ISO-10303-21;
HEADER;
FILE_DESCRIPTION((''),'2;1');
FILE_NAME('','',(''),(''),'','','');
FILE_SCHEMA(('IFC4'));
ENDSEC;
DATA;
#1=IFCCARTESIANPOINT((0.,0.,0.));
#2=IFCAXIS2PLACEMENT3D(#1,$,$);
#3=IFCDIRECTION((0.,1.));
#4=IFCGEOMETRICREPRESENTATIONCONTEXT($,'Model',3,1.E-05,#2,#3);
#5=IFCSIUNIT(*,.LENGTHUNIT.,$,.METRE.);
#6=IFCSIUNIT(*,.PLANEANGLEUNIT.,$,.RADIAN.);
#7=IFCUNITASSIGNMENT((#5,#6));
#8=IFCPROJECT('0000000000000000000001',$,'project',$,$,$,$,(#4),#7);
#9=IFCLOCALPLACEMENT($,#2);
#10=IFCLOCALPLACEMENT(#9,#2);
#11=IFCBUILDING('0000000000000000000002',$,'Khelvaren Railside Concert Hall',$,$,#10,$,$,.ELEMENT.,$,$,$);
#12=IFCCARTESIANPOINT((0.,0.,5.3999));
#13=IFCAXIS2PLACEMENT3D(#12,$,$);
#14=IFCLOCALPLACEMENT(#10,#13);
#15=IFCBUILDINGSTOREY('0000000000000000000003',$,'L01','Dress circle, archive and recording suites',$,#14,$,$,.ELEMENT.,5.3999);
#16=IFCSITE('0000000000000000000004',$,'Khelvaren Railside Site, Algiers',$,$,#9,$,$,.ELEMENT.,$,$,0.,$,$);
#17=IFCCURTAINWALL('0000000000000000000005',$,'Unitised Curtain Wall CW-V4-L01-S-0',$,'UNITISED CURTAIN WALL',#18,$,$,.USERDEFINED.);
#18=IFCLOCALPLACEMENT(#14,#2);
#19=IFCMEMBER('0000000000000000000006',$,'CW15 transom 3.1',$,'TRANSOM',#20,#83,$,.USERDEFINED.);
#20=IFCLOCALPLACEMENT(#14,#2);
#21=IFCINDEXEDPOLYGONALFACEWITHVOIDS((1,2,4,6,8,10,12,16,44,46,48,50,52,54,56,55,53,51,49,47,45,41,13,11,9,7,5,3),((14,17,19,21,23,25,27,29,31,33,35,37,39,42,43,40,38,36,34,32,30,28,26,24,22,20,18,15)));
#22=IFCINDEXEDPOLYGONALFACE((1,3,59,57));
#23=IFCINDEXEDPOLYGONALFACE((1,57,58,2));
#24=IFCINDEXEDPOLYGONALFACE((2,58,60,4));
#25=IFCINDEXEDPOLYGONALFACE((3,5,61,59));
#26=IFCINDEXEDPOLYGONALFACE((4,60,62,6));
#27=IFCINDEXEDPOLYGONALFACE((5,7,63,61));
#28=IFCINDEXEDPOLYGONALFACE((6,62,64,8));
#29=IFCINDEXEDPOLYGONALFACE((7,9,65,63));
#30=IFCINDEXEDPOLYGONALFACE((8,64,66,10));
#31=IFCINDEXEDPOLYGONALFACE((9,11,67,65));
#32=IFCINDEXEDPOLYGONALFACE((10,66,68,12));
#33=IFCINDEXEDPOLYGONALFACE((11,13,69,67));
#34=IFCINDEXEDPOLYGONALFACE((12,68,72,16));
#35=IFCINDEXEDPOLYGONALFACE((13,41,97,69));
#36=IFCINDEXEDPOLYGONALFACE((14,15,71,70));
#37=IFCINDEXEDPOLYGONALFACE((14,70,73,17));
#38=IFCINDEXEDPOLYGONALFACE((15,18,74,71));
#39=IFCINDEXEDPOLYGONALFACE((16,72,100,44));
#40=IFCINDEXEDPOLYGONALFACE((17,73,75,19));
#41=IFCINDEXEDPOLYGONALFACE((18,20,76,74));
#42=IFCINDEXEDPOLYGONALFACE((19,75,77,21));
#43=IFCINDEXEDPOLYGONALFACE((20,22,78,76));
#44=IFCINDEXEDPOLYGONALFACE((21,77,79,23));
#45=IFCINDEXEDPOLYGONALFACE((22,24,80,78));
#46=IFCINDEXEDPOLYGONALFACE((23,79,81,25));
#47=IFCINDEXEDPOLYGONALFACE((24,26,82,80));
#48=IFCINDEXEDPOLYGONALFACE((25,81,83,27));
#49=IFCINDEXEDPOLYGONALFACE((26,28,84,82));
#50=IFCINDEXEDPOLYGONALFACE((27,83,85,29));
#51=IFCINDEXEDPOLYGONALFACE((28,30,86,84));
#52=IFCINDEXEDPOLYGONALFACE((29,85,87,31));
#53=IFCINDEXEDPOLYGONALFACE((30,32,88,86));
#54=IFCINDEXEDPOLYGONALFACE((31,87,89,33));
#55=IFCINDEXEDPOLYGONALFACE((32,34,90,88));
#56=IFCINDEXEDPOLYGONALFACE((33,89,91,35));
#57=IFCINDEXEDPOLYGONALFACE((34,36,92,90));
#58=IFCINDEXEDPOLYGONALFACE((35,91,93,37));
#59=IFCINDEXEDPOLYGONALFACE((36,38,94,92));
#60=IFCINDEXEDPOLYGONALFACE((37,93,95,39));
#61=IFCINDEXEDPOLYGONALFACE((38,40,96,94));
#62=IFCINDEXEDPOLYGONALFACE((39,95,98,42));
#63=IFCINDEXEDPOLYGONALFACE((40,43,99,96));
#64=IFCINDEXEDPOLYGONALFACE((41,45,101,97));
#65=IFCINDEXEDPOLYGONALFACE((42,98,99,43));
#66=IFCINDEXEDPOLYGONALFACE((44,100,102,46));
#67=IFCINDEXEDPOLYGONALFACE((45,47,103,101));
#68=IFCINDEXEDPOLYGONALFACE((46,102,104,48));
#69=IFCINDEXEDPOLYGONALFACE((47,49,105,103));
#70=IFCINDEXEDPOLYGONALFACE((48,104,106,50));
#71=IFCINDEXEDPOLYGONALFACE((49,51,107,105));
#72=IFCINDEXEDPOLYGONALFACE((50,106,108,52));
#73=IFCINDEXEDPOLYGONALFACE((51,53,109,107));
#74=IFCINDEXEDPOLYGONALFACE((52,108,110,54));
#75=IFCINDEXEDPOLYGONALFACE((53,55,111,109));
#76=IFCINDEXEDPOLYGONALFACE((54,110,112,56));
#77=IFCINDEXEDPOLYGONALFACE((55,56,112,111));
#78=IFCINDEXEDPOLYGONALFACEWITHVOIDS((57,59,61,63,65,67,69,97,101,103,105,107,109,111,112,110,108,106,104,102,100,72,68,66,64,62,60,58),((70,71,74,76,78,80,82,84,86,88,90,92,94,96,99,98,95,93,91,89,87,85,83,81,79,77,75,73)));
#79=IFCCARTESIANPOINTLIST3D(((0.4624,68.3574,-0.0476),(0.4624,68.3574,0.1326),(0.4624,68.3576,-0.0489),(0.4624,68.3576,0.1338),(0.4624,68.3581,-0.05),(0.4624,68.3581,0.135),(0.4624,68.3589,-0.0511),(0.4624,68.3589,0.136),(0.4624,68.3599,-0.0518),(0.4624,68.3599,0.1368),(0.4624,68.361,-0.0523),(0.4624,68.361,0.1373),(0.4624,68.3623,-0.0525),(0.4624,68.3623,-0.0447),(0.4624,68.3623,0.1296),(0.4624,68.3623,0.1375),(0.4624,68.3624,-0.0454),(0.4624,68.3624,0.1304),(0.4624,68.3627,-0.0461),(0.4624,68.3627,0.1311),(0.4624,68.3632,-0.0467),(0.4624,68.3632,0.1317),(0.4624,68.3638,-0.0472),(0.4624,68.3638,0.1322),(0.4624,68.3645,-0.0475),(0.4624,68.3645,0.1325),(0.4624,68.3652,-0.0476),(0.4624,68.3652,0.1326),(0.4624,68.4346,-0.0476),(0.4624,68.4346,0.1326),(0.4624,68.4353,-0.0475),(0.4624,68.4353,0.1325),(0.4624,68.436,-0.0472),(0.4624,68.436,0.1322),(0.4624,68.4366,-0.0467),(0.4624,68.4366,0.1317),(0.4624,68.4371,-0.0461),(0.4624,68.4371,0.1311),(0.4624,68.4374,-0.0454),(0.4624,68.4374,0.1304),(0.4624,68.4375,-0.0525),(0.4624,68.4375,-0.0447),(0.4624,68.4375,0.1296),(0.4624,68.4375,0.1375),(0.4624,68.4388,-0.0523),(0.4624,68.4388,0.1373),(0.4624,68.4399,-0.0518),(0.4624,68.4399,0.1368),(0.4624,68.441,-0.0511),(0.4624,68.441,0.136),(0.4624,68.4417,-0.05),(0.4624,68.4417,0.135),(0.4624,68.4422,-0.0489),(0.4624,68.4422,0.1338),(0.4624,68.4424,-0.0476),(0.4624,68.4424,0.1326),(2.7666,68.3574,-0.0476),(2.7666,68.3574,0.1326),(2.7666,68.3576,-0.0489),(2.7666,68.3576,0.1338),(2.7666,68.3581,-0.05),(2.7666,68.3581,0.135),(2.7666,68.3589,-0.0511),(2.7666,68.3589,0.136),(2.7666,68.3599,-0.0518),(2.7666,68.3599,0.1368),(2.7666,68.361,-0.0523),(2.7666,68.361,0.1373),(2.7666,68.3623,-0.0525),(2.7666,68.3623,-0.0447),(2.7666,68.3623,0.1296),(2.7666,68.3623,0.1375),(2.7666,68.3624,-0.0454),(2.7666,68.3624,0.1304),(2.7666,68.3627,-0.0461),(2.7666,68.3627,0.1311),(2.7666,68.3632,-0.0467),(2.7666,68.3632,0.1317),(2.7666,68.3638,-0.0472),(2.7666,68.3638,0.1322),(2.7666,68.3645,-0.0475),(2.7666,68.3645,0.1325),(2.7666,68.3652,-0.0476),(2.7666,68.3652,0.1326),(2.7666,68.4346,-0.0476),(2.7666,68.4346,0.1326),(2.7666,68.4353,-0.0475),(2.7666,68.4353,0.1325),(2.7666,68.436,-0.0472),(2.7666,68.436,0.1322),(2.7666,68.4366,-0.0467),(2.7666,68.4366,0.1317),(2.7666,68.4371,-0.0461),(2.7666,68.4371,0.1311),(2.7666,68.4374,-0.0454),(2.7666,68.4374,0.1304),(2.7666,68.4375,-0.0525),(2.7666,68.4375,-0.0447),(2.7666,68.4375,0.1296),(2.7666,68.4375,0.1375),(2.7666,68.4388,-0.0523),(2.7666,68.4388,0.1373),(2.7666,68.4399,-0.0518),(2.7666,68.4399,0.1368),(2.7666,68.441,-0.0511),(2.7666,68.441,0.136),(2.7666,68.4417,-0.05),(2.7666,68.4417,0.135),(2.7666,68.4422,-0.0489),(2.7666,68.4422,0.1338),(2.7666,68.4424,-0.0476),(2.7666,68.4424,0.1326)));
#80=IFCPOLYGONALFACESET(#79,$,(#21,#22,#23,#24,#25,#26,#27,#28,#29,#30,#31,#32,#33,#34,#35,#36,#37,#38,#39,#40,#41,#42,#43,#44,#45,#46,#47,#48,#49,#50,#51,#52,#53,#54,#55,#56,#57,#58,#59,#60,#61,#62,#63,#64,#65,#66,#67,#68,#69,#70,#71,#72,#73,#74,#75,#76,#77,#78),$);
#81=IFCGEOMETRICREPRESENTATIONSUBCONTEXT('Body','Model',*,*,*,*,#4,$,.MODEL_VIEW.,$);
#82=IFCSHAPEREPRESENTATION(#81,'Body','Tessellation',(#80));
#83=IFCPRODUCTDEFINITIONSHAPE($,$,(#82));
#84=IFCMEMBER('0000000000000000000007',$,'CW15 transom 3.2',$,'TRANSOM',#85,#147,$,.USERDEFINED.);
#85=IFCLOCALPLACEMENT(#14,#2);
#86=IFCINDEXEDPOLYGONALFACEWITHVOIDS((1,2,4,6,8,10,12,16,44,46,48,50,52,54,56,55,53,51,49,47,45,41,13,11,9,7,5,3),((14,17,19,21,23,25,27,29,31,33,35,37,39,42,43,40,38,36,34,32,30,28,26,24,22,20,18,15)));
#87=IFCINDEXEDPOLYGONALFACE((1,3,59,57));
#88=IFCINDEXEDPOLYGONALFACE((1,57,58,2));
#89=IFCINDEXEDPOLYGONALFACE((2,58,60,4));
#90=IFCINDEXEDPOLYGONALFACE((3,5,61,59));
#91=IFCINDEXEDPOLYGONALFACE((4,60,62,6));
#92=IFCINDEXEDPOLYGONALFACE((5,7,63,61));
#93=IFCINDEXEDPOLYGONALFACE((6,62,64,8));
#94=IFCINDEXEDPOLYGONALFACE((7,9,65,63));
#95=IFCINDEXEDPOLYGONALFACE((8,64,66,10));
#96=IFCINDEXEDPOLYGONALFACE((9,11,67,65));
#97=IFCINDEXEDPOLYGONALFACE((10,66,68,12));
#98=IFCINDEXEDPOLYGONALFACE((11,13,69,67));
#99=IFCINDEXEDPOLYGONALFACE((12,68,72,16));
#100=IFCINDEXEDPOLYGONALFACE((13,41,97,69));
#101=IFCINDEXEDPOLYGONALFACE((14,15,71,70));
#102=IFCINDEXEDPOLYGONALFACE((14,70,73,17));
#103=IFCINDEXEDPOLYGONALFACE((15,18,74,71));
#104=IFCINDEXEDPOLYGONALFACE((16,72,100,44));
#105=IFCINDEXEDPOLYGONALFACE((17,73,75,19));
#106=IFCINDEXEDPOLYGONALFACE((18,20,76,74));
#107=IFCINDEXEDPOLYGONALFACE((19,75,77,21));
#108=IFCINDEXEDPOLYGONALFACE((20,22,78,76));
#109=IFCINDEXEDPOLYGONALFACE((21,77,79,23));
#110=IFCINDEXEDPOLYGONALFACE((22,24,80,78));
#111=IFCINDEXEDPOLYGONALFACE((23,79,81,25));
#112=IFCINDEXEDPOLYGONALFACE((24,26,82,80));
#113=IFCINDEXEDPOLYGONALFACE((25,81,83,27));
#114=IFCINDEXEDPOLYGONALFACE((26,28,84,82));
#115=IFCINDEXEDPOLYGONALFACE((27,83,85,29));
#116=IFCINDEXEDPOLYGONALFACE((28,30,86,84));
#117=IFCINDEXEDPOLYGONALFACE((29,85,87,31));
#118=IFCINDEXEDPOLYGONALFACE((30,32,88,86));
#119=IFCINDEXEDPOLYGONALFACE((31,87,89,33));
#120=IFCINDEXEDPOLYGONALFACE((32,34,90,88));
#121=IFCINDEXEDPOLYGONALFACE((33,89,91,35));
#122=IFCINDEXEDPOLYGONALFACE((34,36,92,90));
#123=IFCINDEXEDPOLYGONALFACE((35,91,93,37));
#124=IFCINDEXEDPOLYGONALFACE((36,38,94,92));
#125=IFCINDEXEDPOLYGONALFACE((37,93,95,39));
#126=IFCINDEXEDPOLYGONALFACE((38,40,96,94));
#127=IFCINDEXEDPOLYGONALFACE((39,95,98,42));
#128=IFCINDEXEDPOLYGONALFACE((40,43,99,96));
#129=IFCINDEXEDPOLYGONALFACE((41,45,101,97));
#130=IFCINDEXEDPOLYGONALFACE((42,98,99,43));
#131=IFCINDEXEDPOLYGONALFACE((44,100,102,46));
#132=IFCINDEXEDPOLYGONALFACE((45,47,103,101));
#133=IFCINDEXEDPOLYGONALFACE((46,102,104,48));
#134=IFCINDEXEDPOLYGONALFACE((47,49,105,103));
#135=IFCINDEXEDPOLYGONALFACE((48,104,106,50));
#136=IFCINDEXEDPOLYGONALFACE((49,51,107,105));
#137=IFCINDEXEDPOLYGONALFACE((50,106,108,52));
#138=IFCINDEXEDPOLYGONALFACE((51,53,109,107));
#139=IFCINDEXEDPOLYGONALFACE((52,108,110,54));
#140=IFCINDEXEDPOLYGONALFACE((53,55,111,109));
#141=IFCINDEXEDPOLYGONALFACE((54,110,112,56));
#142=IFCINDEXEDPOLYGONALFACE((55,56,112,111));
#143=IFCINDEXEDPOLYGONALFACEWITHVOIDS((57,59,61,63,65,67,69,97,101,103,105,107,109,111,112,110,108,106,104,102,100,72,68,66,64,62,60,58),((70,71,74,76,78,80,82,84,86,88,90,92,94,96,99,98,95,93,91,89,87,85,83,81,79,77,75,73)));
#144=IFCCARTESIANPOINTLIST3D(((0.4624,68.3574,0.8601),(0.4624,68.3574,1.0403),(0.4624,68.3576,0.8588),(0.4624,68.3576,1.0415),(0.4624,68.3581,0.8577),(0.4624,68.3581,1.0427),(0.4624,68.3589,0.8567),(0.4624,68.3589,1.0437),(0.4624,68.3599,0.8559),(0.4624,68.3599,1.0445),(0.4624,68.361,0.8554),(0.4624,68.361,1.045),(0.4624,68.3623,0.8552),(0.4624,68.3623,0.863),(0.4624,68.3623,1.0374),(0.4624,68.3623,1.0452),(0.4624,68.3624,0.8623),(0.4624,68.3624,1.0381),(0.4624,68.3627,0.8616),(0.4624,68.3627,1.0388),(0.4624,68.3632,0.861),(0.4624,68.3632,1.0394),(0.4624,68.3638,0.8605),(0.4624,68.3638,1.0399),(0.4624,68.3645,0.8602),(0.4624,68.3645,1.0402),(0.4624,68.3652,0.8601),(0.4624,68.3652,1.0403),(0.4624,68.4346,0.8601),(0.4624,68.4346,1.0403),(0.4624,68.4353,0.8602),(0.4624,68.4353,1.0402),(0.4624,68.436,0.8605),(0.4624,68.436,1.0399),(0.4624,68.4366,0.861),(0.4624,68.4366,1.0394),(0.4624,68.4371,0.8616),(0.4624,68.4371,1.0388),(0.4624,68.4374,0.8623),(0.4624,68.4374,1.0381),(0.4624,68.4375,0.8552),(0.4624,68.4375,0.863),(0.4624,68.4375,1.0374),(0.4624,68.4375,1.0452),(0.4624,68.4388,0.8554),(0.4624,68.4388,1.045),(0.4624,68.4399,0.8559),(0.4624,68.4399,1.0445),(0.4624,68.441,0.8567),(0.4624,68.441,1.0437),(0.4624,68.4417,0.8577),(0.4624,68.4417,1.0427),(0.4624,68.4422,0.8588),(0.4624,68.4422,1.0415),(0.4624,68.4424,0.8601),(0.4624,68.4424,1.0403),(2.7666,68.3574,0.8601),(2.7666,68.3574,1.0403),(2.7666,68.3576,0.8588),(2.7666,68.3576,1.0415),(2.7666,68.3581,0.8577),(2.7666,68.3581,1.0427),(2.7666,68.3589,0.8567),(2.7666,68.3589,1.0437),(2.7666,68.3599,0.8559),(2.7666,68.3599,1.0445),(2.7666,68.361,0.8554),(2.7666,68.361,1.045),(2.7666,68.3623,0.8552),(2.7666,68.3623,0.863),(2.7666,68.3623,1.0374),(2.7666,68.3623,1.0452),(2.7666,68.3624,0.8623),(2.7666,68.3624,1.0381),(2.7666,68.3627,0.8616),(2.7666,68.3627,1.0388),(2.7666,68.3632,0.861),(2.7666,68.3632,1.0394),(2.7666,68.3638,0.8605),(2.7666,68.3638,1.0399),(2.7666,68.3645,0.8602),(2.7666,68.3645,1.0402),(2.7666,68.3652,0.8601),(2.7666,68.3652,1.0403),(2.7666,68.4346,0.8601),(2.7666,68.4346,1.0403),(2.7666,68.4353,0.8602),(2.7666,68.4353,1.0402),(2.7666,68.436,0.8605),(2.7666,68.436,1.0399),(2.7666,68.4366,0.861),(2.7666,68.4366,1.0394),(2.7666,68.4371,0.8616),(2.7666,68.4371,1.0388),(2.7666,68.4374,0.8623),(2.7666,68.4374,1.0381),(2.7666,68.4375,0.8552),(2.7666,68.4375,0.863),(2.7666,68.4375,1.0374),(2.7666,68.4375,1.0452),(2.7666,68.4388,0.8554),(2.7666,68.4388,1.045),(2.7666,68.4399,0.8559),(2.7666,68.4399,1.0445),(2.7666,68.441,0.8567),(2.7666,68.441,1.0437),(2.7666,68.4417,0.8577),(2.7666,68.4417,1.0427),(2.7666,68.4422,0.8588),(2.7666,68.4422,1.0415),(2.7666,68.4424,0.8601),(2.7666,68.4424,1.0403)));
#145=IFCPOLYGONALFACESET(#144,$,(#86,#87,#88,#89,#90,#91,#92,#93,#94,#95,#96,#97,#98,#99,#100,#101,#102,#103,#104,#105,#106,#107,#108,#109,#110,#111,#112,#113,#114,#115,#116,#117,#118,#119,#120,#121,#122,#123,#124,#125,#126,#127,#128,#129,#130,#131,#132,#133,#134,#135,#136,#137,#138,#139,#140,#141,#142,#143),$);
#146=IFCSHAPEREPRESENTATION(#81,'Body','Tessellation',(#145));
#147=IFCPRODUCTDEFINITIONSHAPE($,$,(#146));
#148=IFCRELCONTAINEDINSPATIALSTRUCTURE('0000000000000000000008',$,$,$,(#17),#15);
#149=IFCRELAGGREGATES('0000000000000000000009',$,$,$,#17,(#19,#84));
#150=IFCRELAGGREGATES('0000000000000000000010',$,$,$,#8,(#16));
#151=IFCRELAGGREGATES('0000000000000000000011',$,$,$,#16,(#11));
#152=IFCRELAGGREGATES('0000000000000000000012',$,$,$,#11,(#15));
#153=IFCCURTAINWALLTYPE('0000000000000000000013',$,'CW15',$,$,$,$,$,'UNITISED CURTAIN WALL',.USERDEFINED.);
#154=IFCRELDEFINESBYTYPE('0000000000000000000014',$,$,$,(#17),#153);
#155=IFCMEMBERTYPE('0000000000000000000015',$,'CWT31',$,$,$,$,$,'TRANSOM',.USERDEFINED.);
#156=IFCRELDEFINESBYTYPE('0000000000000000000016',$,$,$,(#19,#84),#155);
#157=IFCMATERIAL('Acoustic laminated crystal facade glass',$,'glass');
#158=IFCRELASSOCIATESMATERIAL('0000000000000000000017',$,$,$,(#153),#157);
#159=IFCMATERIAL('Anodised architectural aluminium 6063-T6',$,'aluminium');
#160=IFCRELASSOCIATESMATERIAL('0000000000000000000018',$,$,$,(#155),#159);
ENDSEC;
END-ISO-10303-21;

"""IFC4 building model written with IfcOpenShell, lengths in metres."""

from ifc_helpers import new_model, si_unit, direction, frame, origin, origin_2d, place, context, subcontext, project, spatial, hollow_rectangle, extrude, material, material_profile, profile_set, type_object, element, aggregate, save


model = new_model("IFC4")

# Units and contexts
model_context = context("Model", 3, precision=1e-05, world=origin(), true_north=direction((0.0, 1.0)))
body_context = subcontext(model_context, "Body", "Model", "MODEL_VIEW")
ifc_project = project(units=[si_unit("LENGTHUNIT", "METRE"), si_unit("PLANEANGLEUNIT", "RADIAN")], contexts=[model_context])

# Site, building, storey
site_placement = place(None, origin())
site = spatial("IfcSite", under=ifc_project, at=site_placement, Name="Khelvaren Railside Site, Algiers", CompositionType="ELEMENT", RefElevation=0.0)
building_placement = place(site_placement, origin())
building = spatial("IfcBuilding", under=site, at=building_placement, Name="Khelvaren Railside Concert Hall", CompositionType="ELEMENT")
storey_placement = place(building_placement, frame((0.0, 0.0, 5.3999)))
storey = spatial("IfcBuildingStorey", under=building, at=storey_placement, Name="L01", Description="Dress circle, archive and recording suites", CompositionType="ELEMENT", Elevation=5.3999)

# Curtain wall, members
ifc_material_1 = material(Name="Acoustic laminated crystal facade glass", Category="glass")
curtain_wall_type = type_object("IfcCurtainWallType", Name="CW15", ElementType="UNITISED CURTAIN WALL", PredefinedType="USERDEFINED", material=ifc_material_1)
curtain_wall_placement = place(storey_placement, origin())
curtain_wall = element("IfcCurtainWall", 1, at=curtain_wall_placement, inside=storey, type_object=curtain_wall_type, Name="Unitised Curtain Wall CW-V4-L01-S-0", ObjectType="UNITISED CURTAIN WALL", PredefinedType="USERDEFINED")
ifc_material_2 = material(Name="Anodised architectural aluminium 6063-T6", Category="aluminium")
ifc_material_profile_1 = material_profile(ifc_material_2, hollow_rectangle(XDim=0.085, YDim=0.1899, WallThickness=0.0049, InnerFilletRadius=0.0029, OuterFilletRadius=0.0049, at=origin_2d()), Name="CWT 85x190x5")
ifc_profile_set_1 = profile_set([ifc_material_profile_1], Name="Anodised architectural aluminium 6063-T6")
member_type_1 = type_object("IfcMemberType", Name="CWT31", ElementType="TRANSOM", PredefinedType="USERDEFINED", material=ifc_profile_set_1)
member_1_placement = place(storey_placement, frame((2.7666, 68.3999, 0.0425), z_axis=(-1.0, 0.0, 0.0), x_axis=(0.0, -1.0, 0.0)))
member_1 = element("IfcMember", 2, at=member_1_placement, type_object=member_type_1, Name="CW15 transom 3.1", ObjectType="TRANSOM", PredefinedType="USERDEFINED", context=body_context, shape_type="SweptSolid", body=[
    extrude(hollow_rectangle(XDim=0.085, YDim=0.1899, WallThickness=0.0049, InnerFilletRadius=0.0029, OuterFilletRadius=0.0049, at=origin_2d()), origin(), (0.0, 0.0, 1.0), 2.3042),
])
member_2_placement = place(storey_placement, frame((2.7666, 68.3999, 0.9502), z_axis=(-1.0, 0.0, 0.0), x_axis=(0.0, -1.0, 0.0)))
member_2 = element("IfcMember", 3, at=member_2_placement, type_object=member_type_1, Name="CW15 transom 3.2", ObjectType="TRANSOM", PredefinedType="USERDEFINED", context=body_context, shape_type="SweptSolid", body=[
    extrude(hollow_rectangle(XDim=0.085, YDim=0.1899, WallThickness=0.0049, InnerFilletRadius=0.0029, OuterFilletRadius=0.0049, at=origin_2d()), origin(), (0.0, 0.0, 1.0), 2.3042),
])

aggregate(curtain_wall, [member_1, member_2])

save(model, "model.ifc")
